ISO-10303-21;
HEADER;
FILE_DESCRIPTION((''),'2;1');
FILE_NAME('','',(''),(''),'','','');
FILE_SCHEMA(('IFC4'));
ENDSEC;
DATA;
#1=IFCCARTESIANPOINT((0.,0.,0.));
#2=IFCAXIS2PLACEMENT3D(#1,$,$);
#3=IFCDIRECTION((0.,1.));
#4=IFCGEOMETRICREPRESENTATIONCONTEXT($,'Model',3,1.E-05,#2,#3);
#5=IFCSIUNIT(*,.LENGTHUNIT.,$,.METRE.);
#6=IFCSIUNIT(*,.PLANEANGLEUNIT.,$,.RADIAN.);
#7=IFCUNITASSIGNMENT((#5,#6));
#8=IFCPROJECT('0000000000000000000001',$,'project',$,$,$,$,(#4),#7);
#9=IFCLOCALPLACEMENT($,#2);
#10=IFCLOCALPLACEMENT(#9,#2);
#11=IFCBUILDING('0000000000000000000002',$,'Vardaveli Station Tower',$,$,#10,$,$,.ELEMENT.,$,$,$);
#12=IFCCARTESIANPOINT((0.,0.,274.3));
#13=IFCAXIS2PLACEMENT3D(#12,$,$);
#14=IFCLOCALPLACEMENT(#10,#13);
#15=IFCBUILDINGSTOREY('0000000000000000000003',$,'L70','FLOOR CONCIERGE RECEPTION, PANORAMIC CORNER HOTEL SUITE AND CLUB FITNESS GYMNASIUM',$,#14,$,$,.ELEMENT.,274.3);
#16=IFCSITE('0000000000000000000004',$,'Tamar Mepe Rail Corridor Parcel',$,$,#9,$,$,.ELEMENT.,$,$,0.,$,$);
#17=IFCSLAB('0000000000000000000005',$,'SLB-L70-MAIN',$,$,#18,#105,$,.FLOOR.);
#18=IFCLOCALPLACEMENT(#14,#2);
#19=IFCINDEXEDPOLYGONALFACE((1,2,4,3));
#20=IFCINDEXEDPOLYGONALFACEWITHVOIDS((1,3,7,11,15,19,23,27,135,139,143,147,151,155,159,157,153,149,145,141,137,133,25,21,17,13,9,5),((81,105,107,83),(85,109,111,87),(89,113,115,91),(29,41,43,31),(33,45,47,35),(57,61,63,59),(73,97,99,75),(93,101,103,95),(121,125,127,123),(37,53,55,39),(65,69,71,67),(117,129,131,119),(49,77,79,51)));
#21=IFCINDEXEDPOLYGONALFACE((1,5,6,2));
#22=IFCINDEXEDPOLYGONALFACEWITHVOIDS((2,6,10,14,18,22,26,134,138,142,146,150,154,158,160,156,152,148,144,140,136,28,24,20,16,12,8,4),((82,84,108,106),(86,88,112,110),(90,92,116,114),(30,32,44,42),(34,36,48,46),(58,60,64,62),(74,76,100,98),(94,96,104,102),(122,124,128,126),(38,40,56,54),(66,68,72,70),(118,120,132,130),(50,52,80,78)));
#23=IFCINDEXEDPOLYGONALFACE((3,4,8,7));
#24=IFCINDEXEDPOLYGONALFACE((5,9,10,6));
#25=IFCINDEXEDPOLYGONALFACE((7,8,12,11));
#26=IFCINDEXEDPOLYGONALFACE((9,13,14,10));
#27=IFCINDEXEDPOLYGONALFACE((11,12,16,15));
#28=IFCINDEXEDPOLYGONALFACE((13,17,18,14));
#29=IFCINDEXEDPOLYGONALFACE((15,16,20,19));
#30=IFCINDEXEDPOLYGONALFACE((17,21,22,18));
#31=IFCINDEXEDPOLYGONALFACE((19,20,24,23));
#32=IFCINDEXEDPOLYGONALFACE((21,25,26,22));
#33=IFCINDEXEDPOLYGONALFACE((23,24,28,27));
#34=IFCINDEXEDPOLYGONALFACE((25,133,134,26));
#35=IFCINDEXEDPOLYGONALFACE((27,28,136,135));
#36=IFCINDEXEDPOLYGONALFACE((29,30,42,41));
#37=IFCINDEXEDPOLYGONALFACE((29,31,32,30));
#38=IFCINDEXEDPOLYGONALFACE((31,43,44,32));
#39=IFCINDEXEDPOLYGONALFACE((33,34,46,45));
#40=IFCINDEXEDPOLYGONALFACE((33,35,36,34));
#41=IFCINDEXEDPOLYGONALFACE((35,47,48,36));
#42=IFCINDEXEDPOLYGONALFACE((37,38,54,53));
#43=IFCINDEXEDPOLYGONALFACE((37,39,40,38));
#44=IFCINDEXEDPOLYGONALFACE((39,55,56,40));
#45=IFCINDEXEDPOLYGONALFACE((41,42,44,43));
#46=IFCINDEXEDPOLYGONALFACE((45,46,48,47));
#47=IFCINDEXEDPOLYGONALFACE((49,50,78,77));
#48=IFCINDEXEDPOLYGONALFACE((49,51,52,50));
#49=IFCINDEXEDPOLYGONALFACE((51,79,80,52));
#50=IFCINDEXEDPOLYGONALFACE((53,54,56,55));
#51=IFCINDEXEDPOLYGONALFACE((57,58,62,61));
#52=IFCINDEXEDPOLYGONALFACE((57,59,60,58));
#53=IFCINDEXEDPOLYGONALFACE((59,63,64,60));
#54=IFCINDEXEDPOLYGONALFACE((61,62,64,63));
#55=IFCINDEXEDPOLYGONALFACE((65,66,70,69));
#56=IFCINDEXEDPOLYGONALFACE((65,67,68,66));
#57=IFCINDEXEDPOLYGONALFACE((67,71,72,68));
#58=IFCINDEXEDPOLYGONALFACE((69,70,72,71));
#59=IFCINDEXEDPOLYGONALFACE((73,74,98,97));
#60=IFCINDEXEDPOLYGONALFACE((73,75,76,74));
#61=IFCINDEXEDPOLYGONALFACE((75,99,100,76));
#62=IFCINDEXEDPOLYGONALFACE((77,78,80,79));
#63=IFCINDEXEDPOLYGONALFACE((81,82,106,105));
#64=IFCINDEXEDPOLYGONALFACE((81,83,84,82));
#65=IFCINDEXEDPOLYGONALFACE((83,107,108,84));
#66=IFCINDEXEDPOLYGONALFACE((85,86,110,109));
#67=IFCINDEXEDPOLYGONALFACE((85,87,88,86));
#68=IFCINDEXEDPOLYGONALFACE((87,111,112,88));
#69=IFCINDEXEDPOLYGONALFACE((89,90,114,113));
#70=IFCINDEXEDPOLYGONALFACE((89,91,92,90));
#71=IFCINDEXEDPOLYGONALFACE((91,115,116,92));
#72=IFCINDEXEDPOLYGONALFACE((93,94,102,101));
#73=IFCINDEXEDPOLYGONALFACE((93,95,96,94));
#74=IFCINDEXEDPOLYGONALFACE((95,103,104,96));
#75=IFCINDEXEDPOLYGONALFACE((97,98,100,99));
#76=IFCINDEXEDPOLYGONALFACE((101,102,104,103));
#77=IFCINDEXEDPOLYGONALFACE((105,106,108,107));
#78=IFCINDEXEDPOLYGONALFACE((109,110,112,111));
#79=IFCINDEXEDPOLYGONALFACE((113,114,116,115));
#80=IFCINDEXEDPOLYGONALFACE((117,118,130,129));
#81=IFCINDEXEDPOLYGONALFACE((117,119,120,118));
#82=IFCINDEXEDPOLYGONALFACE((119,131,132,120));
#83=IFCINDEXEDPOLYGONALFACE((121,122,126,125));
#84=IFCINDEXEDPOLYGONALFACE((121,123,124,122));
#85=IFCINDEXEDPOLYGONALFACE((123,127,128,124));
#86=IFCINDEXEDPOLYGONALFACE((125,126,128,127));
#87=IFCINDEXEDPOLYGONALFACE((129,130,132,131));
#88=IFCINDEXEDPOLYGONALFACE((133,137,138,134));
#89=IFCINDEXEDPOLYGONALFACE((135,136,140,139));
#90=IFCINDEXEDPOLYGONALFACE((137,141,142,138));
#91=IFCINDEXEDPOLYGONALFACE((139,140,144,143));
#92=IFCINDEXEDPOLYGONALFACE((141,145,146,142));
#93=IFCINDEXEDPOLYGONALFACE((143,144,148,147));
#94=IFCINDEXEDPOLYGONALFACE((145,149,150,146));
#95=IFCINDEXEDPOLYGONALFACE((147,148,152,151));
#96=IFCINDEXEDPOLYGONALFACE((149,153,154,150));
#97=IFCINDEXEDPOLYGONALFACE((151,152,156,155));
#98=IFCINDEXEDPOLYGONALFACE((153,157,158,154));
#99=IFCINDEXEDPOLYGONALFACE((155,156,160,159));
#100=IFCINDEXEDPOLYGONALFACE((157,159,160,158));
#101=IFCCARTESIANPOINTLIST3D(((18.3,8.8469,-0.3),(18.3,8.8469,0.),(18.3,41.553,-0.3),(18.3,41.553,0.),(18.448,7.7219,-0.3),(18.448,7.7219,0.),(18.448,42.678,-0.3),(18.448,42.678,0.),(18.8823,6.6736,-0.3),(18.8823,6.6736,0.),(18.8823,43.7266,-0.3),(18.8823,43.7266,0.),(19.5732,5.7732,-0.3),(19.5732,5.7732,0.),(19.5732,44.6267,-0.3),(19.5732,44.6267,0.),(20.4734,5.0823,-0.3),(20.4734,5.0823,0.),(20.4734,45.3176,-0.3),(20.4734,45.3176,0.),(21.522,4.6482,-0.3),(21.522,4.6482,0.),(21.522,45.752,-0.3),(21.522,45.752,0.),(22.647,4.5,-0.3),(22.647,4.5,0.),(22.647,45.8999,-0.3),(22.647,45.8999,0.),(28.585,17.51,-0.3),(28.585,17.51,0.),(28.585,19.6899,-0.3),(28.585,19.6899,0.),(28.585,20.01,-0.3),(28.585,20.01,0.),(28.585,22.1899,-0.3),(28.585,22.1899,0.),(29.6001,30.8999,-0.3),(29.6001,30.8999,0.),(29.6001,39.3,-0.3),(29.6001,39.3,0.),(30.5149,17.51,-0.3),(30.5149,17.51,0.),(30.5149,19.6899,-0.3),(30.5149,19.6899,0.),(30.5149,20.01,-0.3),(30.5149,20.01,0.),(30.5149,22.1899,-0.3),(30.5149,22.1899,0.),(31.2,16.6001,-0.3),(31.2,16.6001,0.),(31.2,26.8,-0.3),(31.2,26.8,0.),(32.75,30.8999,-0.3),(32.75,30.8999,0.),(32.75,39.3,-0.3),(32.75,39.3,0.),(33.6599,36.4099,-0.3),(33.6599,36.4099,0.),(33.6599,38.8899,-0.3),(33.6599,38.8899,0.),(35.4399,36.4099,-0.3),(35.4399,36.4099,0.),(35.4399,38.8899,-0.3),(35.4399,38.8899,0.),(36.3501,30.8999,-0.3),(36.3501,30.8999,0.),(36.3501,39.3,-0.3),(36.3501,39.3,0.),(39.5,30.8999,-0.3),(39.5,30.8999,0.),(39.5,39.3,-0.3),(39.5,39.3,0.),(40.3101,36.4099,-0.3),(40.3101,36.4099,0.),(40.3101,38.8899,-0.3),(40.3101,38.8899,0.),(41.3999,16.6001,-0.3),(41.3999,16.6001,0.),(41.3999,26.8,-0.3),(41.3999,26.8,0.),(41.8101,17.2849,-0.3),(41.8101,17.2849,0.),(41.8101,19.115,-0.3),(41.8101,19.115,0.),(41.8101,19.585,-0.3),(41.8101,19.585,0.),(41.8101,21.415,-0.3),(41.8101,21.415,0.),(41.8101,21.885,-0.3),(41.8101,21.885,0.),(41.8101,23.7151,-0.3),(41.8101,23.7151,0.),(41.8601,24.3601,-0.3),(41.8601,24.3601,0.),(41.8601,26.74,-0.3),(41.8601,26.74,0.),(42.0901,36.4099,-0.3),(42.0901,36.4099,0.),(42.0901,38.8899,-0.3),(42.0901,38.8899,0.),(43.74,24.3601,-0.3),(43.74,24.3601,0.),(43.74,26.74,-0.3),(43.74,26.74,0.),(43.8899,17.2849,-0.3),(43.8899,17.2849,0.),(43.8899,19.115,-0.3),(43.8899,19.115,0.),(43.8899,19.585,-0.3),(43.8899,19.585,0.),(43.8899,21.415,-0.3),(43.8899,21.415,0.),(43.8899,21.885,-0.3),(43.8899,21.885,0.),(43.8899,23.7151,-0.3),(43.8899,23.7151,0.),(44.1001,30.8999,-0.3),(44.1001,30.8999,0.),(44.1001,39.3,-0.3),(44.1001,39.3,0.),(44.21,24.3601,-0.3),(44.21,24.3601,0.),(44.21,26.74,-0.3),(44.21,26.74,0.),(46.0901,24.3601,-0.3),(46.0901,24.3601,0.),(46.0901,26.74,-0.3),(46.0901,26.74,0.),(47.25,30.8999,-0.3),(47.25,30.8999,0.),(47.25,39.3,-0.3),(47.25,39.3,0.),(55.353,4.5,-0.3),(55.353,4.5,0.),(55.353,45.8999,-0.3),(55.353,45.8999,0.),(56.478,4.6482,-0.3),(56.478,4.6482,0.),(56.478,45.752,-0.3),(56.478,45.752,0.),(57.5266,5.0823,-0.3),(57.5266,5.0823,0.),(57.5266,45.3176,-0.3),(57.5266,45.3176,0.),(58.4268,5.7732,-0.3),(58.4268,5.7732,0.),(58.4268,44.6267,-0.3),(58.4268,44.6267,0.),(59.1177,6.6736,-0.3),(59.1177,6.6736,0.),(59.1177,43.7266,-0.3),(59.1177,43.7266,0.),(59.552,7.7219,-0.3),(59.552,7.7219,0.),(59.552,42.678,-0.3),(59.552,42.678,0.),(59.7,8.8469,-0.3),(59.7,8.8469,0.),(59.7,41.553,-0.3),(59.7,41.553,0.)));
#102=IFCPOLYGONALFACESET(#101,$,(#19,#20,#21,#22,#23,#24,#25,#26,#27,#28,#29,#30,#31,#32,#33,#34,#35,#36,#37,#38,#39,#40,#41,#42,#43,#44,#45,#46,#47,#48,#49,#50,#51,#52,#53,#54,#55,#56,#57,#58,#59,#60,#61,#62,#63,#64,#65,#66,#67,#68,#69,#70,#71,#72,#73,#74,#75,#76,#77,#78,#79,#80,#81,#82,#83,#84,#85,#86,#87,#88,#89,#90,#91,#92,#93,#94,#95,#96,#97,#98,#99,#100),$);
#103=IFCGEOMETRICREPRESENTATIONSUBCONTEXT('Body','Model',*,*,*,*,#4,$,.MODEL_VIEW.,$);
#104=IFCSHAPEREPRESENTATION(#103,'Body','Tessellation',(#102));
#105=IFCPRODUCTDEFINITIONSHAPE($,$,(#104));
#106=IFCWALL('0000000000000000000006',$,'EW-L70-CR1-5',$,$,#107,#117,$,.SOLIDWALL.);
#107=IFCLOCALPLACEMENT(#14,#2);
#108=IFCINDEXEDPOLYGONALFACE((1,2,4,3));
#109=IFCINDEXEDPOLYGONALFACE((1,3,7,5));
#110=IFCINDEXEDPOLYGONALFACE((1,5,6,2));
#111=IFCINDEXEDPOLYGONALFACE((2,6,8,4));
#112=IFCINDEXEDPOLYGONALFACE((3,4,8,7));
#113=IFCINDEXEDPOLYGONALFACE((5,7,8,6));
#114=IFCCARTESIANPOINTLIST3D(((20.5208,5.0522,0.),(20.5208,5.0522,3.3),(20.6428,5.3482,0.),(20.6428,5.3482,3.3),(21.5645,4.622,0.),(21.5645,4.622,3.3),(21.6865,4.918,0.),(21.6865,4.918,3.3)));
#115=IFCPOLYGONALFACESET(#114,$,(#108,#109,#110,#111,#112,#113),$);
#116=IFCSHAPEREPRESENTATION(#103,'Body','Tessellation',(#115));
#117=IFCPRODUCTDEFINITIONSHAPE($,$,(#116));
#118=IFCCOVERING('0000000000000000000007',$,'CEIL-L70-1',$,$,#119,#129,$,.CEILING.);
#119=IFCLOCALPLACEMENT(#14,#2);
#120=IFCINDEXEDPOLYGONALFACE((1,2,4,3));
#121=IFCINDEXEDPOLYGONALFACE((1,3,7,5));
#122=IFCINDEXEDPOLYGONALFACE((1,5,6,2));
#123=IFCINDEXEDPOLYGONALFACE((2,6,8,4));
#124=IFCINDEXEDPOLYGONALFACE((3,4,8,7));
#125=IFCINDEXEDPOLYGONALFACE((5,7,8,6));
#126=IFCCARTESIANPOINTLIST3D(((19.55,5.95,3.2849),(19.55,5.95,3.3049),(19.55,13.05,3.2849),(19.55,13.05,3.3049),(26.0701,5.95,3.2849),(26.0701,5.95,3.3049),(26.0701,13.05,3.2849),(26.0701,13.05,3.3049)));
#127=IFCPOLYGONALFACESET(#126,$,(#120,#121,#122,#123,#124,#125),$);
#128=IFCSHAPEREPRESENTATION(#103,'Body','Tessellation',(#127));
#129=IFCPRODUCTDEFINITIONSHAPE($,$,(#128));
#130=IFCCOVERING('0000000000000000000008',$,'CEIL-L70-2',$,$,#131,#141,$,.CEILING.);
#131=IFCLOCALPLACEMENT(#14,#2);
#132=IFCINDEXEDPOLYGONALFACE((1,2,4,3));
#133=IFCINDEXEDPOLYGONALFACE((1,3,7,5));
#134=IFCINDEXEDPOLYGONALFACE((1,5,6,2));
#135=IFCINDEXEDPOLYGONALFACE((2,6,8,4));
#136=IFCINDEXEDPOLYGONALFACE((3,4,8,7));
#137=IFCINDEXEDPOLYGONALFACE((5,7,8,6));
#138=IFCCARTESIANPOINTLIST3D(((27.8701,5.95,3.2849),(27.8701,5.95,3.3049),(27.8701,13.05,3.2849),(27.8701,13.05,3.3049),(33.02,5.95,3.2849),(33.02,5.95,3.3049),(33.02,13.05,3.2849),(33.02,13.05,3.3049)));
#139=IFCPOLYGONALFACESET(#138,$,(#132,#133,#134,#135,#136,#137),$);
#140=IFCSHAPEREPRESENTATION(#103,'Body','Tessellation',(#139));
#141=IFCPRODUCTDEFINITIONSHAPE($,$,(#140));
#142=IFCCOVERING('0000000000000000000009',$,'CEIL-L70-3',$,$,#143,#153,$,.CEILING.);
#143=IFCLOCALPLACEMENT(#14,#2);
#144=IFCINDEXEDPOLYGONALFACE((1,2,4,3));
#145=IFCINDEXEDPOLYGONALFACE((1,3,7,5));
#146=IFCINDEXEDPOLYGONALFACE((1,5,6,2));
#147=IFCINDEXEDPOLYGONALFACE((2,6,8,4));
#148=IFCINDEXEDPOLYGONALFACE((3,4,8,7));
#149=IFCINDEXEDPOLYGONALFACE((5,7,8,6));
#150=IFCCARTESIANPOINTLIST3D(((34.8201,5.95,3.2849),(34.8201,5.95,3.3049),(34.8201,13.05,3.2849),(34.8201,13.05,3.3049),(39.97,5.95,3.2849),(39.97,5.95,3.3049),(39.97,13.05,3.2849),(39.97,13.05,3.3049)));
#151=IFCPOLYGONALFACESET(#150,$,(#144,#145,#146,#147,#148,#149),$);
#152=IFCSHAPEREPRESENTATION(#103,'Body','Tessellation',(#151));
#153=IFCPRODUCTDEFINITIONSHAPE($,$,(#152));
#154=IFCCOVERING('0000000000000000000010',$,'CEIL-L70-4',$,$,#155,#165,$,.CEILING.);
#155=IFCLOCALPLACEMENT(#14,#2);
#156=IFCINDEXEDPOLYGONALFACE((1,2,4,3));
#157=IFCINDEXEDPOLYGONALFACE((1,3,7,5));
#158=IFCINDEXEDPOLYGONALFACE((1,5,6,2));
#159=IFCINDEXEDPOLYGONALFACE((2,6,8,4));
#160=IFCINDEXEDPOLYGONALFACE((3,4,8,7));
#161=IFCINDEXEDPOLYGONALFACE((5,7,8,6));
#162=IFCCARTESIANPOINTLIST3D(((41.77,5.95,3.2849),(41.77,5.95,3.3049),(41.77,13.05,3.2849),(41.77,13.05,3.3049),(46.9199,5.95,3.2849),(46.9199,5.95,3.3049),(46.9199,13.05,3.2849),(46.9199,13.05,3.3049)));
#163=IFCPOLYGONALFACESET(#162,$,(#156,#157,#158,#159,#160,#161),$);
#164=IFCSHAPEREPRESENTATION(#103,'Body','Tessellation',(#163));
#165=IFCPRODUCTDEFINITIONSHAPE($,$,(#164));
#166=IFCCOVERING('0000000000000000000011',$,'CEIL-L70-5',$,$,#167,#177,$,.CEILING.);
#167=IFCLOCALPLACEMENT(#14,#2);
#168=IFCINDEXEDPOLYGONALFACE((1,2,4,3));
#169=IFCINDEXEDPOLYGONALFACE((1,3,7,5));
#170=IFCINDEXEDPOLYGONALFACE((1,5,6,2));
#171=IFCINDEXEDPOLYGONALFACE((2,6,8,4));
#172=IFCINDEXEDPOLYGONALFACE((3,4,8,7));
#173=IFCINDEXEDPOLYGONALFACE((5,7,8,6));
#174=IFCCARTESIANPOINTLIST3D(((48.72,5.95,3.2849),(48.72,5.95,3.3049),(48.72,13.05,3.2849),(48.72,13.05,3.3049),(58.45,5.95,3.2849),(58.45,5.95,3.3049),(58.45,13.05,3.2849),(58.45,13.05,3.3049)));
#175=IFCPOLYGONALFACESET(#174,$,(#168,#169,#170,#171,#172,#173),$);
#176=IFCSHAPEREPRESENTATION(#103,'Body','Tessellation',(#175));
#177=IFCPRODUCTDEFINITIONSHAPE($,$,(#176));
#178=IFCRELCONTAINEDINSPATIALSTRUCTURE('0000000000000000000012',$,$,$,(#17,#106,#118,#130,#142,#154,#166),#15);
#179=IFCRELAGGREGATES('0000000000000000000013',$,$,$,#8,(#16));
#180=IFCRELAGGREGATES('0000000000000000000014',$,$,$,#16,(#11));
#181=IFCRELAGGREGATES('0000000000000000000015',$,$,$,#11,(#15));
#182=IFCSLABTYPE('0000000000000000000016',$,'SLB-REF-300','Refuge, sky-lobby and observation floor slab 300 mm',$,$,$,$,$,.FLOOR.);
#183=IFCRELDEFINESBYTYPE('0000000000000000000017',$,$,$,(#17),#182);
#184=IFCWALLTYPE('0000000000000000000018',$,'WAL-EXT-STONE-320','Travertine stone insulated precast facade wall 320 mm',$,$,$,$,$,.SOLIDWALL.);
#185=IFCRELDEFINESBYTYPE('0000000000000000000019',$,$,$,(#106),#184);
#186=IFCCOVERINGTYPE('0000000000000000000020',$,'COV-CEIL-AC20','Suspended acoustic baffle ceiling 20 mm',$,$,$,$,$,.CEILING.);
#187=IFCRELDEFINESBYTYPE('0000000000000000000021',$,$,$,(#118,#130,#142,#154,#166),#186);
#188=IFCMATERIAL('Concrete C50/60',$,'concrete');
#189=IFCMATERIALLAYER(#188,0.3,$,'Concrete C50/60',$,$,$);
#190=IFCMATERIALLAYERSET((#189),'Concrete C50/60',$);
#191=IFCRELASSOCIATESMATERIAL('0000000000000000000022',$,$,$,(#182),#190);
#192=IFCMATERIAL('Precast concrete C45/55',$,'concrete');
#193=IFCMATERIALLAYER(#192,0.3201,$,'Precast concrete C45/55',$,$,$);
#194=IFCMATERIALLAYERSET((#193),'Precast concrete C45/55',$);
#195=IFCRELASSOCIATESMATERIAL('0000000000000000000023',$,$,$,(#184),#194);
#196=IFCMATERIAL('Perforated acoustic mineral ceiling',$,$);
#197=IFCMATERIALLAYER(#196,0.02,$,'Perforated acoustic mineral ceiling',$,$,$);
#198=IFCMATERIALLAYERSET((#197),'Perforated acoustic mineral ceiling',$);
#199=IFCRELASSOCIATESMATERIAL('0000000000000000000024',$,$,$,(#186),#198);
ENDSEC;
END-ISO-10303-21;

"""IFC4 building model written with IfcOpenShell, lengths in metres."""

from ifc_helpers import new_model, si_unit, direction, frame, frame_2d, origin, place, context, subcontext, project, spatial, polyline, rectangle, outline, extrude, source, transform, mapped, material, layer, layer_set, type_object, element, save


model = new_model("IFC4")

# Units and contexts
model_context = context("Model", 3, precision=1e-05, world=origin(), true_north=direction((0.0, 1.0)))
body_context = subcontext(model_context, "Body", "Model", "MODEL_VIEW")
ifc_project = project(units=[si_unit("LENGTHUNIT", "METRE"), si_unit("PLANEANGLEUNIT", "RADIAN")], contexts=[model_context])

# Site, building, storey
site_placement = place(None, origin())
site = spatial("IfcSite", under=ifc_project, at=site_placement, Name="Tamar Mepe Rail Corridor Parcel", CompositionType="ELEMENT", RefElevation=0.0)
building_placement = place(site_placement, origin())
building = spatial("IfcBuilding", under=site, at=building_placement, Name="Vardaveli Station Tower", CompositionType="ELEMENT")
storey_placement = place(building_placement, frame((0.0, 0.0, 274.3)))
storey = spatial("IfcBuildingStorey", under=building, at=storey_placement, Name="L70", Description="FLOOR CONCIERGE RECEPTION, PANORAMIC CORNER HOTEL SUITE AND CLUB FITNESS GYMNASIUM", CompositionType="ELEMENT", Elevation=274.3)

# Slab
ifc_material_1 = material(Name="Precast concrete C45/55", Category="concrete")
ifc_material_2 = material(Name="Concrete C50/60", Category="concrete")
ifc_layer_1 = layer(ifc_material_2, 0.3, Name="Concrete C50/60")
ifc_layer_set_1 = layer_set([ifc_layer_1], Name="Concrete C50/60")
slab_type_1 = type_object("IfcSlabType", Name="SLB-REF-300", Description="Refuge, sky-lobby and observation floor slab 300 mm", PredefinedType="FLOOR", material=ifc_layer_set_1)
slab_1_placement = place(storey_placement, frame((0.0, 0.0, -0.3)))
element("IfcSlab", 1, at=slab_1_placement, inside=storey, type_object=slab_type_1, Name="SLB-L70-MAIN", PredefinedType="FLOOR", context=body_context, shape_type="SweptSolid", body=[
    extrude(outline(polyline([(18.3, 8.8469), (18.448, 7.7219), (18.8823, 6.6736), (19.5732, 5.7732), (20.4734, 5.0823), (21.522, 4.6482), (22.647, 4.5), (55.353, 4.5), (56.478, 4.6482), (57.5266, 5.0823), (58.4268, 5.7732), (59.1177, 6.6736), (59.552, 7.7219), (59.7, 8.8469), (59.7, 41.553), (59.552, 42.678), (59.1177, 43.7266), (58.4268, 44.6267), (57.5266, 45.3176), (56.478, 45.752), (55.353, 45.8999), (22.647, 45.8999), (21.522, 45.752), (20.4734, 45.3176), (19.5732, 44.6267), (18.8823, 43.7266), (18.448, 42.678), (18.3, 41.553), (18.3, 8.8469)]), holes=[polyline([(31.2, 16.6001), (41.3999, 16.6001), (41.3999, 26.8), (31.2, 26.8), (31.2, 16.6001)]), polyline([(32.75, 30.8999), (32.75, 39.3), (29.6001, 39.3), (29.6001, 30.8999), (32.75, 30.8999)]), polyline([(39.5, 30.8999), (39.5, 39.3), (36.3501, 39.3), (36.3501, 30.8999), (39.5, 30.8999)]), polyline([(47.25, 30.8999), (47.25, 39.3), (44.1001, 39.3), (44.1001, 30.8999), (47.25, 30.8999)]), polyline([(33.6599, 36.4099), (35.4399, 36.4099), (35.4399, 38.8899), (33.6599, 38.8899), (33.6599, 36.4099)]), polyline([(40.3101, 36.4099), (42.0901, 36.4099), (42.0901, 38.8899), (40.3101, 38.8899), (40.3101, 36.4099)]), polyline([(41.8101, 21.885), (43.8899, 21.885), (43.8899, 23.7151), (41.8101, 23.7151), (41.8101, 21.885)]), polyline([(41.8101, 19.585), (43.8899, 19.585), (43.8899, 21.415), (41.8101, 21.415), (41.8101, 19.585)]), polyline([(41.8101, 17.2849), (43.8899, 17.2849), (43.8899, 19.115), (41.8101, 19.115), (41.8101, 17.2849)]), polyline([(28.585, 17.51), (30.5149, 17.51), (30.5149, 19.6899), (28.585, 19.6899), (28.585, 17.51)]), polyline([(28.585, 20.01), (30.5149, 20.01), (30.5149, 22.1899), (28.585, 22.1899), (28.585, 20.01)]), polyline([(41.8601, 24.3601), (43.74, 24.3601), (43.74, 26.74), (41.8601, 26.74), (41.8601, 24.3601)]), polyline([(44.21, 24.3601), (46.0901, 24.3601), (46.0901, 26.74), (44.21, 26.74), (44.21, 24.3601)])]), origin(), (0.0, 0.0, 1.0), 0.3),
])

# Wall
ifc_layer_2 = layer(ifc_material_1, 0.3201, Name="Precast concrete C45/55")
ifc_layer_set_2 = layer_set([ifc_layer_2], Name="Precast concrete C45/55")
wall_type = type_object("IfcWallType", Name="WAL-EXT-STONE-320", Description="Travertine stone insulated precast facade wall 320 mm", PredefinedType="SOLIDWALL", material=ifc_layer_set_2)
shared_shape = source(origin(), body_context, "Body", "SweptSolid", [
    extrude(rectangle(XDim=1.1289, YDim=0.3201, at=frame_2d((0.5645, 0.0))), origin(), (0.0, 0.0, 1.0), 3.3),
])
wall_placement = place(storey_placement, frame((20.5818, 5.2002, 0.0), z_axis=(0.0, 0.0, 1.0), x_axis=(0.924548, -0.381065, 0.0)))
element("IfcWall", 2, at=wall_placement, inside=storey, type_object=wall_type, Name="EW-L70-CR1-5", PredefinedType="SOLIDWALL", context=body_context, shape_type="MappedRepresentation", body=[
    mapped(shared_shape, transform((0.0, 0.0, 0.0), scale=1.0)),
])

# Coverings
ifc_material_3 = material(Name="Perforated acoustic mineral ceiling")
ifc_layer_3 = layer(ifc_material_3, 0.02, Name="Perforated acoustic mineral ceiling")
ifc_layer_set_3 = layer_set([ifc_layer_3], Name="Perforated acoustic mineral ceiling")
covering_type_1 = type_object("IfcCoveringType", Name="COV-CEIL-AC20", Description="Suspended acoustic baffle ceiling 20 mm", PredefinedType="CEILING", material=ifc_layer_set_3)
covering_1_placement = place(storey_placement, frame((0.0, 0.0, 3.2849)))
element("IfcCovering", 3, at=covering_1_placement, inside=storey, type_object=covering_type_1, Name="CEIL-L70-1", PredefinedType="CEILING", context=body_context, shape_type="SweptSolid", body=[
    extrude(outline(polyline([(19.55, 5.95), (26.0701, 5.95), (26.0701, 13.05), (19.55, 13.05), (19.55, 5.95)])), origin(), (0.0, 0.0, 1.0), 0.02),
])
covering_2_placement = place(storey_placement, frame((0.0, 0.0, 3.2849)))
element("IfcCovering", 4, at=covering_2_placement, inside=storey, type_object=covering_type_1, Name="CEIL-L70-2", PredefinedType="CEILING", context=body_context, shape_type="SweptSolid", body=[
    extrude(outline(polyline([(27.8701, 5.95), (33.02, 5.95), (33.02, 13.05), (27.8701, 13.05), (27.8701, 5.95)])), origin(), (0.0, 0.0, 1.0), 0.02),
])
covering_3_placement = place(storey_placement, frame((0.0, 0.0, 3.2849)))
element("IfcCovering", 5, at=covering_3_placement, inside=storey, type_object=covering_type_1, Name="CEIL-L70-3", PredefinedType="CEILING", context=body_context, shape_type="SweptSolid", body=[
    extrude(outline(polyline([(34.8201, 5.95), (39.97, 5.95), (39.97, 13.05), (34.8201, 13.05), (34.8201, 5.95)])), origin(), (0.0, 0.0, 1.0), 0.02),
])
covering_4_placement = place(storey_placement, frame((0.0, 0.0, 3.2849)))
element("IfcCovering", 6, at=covering_4_placement, inside=storey, type_object=covering_type_1, Name="CEIL-L70-4", PredefinedType="CEILING", context=body_context, shape_type="SweptSolid", body=[
    extrude(outline(polyline([(41.77, 5.95), (46.9199, 5.95), (46.9199, 13.05), (41.77, 13.05), (41.77, 5.95)])), origin(), (0.0, 0.0, 1.0), 0.02),
])
covering_5_placement = place(storey_placement, frame((0.0, 0.0, 3.2849)))
element("IfcCovering", 7, at=covering_5_placement, inside=storey, type_object=covering_type_1, Name="CEIL-L70-5", PredefinedType="CEILING", context=body_context, shape_type="SweptSolid", body=[
    extrude(outline(polyline([(48.72, 5.95), (58.45, 5.95), (58.45, 13.05), (48.72, 13.05), (48.72, 5.95)])), origin(), (0.0, 0.0, 1.0), 0.02),
])

save(model, "model.ifc")
